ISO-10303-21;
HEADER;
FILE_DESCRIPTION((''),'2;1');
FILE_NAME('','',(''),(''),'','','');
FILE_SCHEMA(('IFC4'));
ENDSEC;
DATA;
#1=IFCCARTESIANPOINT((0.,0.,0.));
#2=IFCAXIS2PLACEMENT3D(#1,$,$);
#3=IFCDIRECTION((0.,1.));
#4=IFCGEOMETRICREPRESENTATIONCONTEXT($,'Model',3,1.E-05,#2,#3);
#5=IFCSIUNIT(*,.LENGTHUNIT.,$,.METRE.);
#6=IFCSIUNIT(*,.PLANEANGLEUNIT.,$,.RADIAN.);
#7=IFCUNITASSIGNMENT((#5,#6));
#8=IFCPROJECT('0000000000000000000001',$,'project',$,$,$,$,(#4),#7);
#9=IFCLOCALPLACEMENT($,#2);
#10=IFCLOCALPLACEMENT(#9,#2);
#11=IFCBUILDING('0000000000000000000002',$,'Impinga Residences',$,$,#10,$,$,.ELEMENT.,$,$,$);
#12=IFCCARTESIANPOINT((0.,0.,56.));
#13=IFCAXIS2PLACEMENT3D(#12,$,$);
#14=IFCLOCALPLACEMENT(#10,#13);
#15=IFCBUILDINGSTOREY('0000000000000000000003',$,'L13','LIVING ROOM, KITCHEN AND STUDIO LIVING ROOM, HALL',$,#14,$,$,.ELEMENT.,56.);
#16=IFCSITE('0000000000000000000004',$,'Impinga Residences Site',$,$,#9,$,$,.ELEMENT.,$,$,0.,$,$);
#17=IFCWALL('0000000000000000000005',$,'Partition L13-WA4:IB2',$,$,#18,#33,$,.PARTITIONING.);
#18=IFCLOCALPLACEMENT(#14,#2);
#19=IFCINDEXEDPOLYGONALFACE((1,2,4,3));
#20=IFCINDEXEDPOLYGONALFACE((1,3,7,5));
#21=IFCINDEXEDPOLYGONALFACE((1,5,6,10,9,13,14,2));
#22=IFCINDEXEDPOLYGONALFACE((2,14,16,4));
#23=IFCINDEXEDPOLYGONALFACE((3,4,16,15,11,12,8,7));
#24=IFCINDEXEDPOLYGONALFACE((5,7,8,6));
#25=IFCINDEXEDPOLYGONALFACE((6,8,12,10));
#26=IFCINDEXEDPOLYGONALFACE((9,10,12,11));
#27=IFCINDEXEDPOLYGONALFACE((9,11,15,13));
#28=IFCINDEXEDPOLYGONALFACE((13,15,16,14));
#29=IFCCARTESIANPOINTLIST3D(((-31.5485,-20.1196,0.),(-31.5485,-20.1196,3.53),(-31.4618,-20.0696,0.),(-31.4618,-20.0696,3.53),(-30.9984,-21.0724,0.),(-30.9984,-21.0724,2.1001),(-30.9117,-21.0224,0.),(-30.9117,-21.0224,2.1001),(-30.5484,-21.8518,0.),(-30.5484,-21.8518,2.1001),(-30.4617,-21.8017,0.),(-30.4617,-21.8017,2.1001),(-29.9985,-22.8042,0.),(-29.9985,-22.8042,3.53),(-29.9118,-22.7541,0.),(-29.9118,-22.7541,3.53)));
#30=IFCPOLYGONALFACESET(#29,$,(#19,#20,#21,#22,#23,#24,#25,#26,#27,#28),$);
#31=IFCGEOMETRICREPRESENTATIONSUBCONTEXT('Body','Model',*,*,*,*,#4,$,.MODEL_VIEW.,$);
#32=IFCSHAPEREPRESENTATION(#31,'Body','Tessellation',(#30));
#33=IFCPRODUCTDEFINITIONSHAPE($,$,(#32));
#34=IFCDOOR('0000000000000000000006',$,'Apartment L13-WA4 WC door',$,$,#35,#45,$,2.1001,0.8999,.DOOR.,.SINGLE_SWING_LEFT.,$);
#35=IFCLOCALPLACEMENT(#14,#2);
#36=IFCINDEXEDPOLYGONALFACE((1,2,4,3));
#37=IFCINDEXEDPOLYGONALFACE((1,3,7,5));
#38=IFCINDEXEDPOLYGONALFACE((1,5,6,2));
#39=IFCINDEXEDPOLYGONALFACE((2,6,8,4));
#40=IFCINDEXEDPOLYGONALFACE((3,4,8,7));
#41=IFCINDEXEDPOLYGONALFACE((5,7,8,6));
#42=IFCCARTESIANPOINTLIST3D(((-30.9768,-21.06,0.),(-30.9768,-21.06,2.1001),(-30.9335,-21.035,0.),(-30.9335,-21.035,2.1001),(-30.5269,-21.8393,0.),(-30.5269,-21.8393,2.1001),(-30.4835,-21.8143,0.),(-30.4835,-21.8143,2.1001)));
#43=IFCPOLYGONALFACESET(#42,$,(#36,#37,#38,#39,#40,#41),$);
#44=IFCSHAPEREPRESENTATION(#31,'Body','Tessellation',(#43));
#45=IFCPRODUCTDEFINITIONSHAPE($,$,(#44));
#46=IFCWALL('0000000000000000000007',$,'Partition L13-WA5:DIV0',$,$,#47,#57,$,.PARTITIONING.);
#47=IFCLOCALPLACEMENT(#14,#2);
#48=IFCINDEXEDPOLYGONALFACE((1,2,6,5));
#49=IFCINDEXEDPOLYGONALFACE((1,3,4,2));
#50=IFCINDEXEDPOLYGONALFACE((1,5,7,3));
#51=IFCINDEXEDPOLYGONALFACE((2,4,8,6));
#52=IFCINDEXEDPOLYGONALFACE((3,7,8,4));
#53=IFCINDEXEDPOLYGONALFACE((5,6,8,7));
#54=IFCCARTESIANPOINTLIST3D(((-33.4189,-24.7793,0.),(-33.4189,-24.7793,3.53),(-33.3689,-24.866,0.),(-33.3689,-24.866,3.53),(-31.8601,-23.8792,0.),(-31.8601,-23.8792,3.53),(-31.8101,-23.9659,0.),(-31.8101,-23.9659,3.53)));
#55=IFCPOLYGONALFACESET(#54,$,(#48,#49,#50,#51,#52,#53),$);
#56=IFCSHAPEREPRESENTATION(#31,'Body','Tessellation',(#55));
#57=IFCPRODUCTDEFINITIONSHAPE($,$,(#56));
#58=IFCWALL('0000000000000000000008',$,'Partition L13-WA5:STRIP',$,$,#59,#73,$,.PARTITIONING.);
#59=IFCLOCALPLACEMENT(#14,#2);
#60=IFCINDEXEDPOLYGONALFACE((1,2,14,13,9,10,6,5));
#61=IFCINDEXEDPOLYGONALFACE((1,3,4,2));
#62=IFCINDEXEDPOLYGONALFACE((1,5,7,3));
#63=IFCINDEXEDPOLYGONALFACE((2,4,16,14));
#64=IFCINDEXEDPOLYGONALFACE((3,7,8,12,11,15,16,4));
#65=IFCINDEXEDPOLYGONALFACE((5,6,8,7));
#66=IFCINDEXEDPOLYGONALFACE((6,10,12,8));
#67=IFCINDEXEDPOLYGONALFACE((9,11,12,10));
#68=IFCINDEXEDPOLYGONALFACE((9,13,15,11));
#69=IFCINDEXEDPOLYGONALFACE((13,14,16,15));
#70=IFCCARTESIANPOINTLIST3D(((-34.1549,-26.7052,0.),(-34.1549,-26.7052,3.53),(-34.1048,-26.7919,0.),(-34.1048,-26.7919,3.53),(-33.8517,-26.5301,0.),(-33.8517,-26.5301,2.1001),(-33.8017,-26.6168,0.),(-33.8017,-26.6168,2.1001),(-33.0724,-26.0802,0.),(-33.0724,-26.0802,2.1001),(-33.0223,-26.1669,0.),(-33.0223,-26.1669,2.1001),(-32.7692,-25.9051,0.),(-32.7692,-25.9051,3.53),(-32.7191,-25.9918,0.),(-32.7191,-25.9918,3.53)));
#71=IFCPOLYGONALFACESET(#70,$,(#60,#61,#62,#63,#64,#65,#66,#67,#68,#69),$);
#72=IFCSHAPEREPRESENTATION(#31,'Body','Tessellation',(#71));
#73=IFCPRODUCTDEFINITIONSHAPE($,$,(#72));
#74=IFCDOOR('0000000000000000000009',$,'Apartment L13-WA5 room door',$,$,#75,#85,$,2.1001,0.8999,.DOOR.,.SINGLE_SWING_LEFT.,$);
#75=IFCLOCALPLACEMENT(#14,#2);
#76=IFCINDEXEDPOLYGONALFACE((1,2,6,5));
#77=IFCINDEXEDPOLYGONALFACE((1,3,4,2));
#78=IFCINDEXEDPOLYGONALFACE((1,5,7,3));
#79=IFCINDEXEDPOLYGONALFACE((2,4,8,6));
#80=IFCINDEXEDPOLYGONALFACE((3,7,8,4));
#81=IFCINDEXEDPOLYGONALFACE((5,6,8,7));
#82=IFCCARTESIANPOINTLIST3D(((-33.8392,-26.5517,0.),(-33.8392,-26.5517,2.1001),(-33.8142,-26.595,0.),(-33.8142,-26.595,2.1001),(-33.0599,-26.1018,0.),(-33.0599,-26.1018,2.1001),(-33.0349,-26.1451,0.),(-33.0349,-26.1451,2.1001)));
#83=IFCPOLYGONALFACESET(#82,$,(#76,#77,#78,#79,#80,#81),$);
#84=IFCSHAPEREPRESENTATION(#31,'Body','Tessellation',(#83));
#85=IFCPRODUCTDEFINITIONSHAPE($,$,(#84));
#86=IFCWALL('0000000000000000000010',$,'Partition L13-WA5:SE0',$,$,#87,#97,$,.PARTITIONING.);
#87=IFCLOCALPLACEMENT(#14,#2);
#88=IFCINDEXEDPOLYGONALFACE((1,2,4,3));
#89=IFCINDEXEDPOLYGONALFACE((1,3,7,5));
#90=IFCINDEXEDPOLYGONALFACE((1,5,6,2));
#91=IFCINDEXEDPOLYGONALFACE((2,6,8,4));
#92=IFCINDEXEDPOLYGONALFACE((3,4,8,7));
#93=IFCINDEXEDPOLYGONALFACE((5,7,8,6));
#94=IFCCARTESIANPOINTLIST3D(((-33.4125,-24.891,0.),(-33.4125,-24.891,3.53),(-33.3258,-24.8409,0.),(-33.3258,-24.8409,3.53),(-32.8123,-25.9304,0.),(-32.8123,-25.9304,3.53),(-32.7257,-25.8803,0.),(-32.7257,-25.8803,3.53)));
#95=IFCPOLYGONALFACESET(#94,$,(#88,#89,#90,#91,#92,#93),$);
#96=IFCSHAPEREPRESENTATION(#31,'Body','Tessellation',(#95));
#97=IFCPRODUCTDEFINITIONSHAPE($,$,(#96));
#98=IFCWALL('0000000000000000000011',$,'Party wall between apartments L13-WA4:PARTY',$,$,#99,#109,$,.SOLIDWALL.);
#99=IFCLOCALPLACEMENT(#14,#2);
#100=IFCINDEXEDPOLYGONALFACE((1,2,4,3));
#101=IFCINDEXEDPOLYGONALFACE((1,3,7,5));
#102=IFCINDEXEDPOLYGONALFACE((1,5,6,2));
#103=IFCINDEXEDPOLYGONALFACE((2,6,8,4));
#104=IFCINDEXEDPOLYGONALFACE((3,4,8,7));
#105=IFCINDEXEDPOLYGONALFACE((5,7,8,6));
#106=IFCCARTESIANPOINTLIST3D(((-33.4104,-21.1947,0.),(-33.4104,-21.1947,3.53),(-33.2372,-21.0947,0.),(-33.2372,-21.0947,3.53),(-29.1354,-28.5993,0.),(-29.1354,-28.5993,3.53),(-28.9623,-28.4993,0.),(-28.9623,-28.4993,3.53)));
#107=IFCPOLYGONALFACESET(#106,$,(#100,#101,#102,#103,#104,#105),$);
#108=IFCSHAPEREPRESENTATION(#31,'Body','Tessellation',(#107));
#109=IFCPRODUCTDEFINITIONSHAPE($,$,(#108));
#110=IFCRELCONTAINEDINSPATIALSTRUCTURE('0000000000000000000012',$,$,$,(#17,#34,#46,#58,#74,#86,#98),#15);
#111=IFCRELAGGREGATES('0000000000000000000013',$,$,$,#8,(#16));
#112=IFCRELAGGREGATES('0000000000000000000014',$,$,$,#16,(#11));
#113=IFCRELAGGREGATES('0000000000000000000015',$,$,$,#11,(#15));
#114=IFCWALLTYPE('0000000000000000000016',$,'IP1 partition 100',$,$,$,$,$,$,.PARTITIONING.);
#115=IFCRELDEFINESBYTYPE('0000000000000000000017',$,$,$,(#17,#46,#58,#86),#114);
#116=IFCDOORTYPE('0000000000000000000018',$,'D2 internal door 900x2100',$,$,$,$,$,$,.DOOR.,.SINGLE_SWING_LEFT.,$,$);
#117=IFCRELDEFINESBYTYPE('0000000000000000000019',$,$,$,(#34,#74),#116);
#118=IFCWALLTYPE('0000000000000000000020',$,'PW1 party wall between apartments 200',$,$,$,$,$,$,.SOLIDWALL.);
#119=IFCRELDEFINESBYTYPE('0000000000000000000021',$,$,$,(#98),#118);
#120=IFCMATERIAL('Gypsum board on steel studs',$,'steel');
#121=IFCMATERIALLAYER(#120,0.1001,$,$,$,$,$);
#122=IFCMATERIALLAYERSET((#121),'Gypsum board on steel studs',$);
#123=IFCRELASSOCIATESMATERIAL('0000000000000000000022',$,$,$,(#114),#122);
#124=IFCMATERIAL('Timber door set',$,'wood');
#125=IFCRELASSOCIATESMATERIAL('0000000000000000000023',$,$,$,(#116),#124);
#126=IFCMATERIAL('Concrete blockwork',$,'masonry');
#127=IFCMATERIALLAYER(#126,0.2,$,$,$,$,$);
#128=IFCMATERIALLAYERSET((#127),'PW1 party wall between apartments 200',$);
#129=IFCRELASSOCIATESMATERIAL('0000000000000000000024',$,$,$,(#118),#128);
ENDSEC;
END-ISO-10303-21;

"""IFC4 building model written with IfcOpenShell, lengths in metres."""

from ifc_helpers import new_model, si_unit, direction, frame, frame_2d, origin, place, context, subcontext, project, spatial, rectangle, extrude, material, layer, layer_set, type_object, element, fill, save


model = new_model("IFC4")

# Units and contexts
model_context = context("Model", 3, precision=1e-05, world=origin(), true_north=direction((0.0, 1.0)))
body_context = subcontext(model_context, "Body", "Model", "MODEL_VIEW")
ifc_project = project(units=[si_unit("LENGTHUNIT", "METRE"), si_unit("PLANEANGLEUNIT", "RADIAN")], contexts=[model_context])

# Site, building, storey
site_placement = place(None, origin())
site = spatial("IfcSite", under=ifc_project, at=site_placement, Name="Impinga Residences Site", CompositionType="ELEMENT", RefElevation=0.0)
building_placement = place(site_placement, origin())
building = spatial("IfcBuilding", under=site, at=building_placement, Name="Impinga Residences", CompositionType="ELEMENT")
storey_placement = place(building_placement, frame((0.0, 0.0, 56.0)))
storey = spatial("IfcBuildingStorey", under=building, at=storey_placement, Name="L13", Description="LIVING ROOM, KITCHEN AND STUDIO LIVING ROOM, HALL", CompositionType="ELEMENT", Elevation=56.0)

# Shared definitions
ifc_material_1 = material(Name="Gypsum board on steel studs", Category="steel")
ifc_layer_1 = layer(ifc_material_1, 0.1001)
ifc_layer_set_1 = layer_set([ifc_layer_1], Name="Gypsum board on steel studs")
wall_type_1 = type_object("IfcWallType", Name="IP1 partition 100", PredefinedType="PARTITIONING", material=ifc_layer_set_1)

# Shared definitions
ifc_material_2 = material(Name="Timber door set", Category="wood")
door_type = type_object("IfcDoorType", Name="D2 internal door 900x2100", OperationType="SINGLE_SWING_LEFT", PredefinedType="DOOR", material=ifc_material_2)

# Wall, opening, door
wall_1_placement = place(storey_placement, frame((-31.5051, -20.0947, 0.0), z_axis=(0.0, 0.0, 1.0), x_axis=(0.500027, -0.86601, 0.0)))
wall_1 = element("IfcWall", 1, at=wall_1_placement, inside=storey, type_object=wall_type_1, Name="Partition L13-WA4:IB2", PredefinedType="PARTITIONING", context=body_context, shape_type="SweptSolid", body=[
    extrude(rectangle(XDim=3.0999, YDim=0.1001, at=frame_2d((1.5498, 0.0))), origin(), (0.0, 0.0, 1.0), 3.53),
])
opening_1_placement = place(wall_1_placement, frame((1.1001, 0.0, 0.0)))
opening_1 = element("IfcOpeningElement", 2, at=opening_1_placement, cuts=wall_1, PredefinedType="OPENING", context=body_context, shape_type="SweptSolid", body=[
    extrude(rectangle(XDim=0.8999, YDim=2.1001, at=frame_2d((0.45, 1.05))), frame((0.0, 0.0601, 0.0), z_axis=(0.0, -1.0, 0.0), x_axis=(1.0, 0.0, 0.0)), (0.0, 0.0, 1.0), 0.1201),
])
door_1_placement = place(opening_1_placement, origin())
door_1 = element("IfcDoor", 3, at=door_1_placement, inside=storey, type_object=door_type, Name="Apartment L13-WA4 WC door", OperationType="SINGLE_SWING_LEFT", OverallHeight=2.1001, OverallWidth=0.8999, PredefinedType="DOOR", context=body_context, shape_type="SweptSolid", body=[
    extrude(rectangle(XDim=0.8999, YDim=2.1001, at=frame_2d((0.45, 1.05))), frame((0.0, 0.0249, 0.0), z_axis=(0.0, -1.0, 0.0), x_axis=(1.0, 0.0, 0.0)), (0.0, 0.0, 1.0), 0.05),
])
fill(opening_1, door_1)

# Wall
wall_2_placement = place(storey_placement, frame((-31.8352, -23.9226, 0.0), z_axis=(0.0, 0.0, 1.0), x_axis=(-0.865989, -0.500063, 0.0)))
element("IfcWall", 4, at=wall_2_placement, inside=storey, type_object=wall_type_1, Name="Partition L13-WA5:DIV0", PredefinedType="PARTITIONING", context=body_context, shape_type="SweptSolid", body=[
    extrude(rectangle(XDim=1.8, YDim=0.1001, at=frame_2d((0.8999, 0.0))), origin(), (0.0, 0.0, 1.0), 3.53),
])

# Wall, opening, door
wall_3_placement = place(storey_placement, frame((-32.7441, -25.9485, 0.0), z_axis=(0.0, 0.0, 1.0), x_axis=(-0.866028, -0.499995, 0.0)))
wall_3 = element("IfcWall", 5, at=wall_3_placement, inside=storey, type_object=wall_type_1, Name="Partition L13-WA5:STRIP", PredefinedType="PARTITIONING", context=body_context, shape_type="SweptSolid", body=[
    extrude(rectangle(XDim=1.6001, YDim=0.1001, at=frame_2d((0.8, 0.0))), origin(), (0.0, 0.0, 1.0), 3.53),
])
opening_2_placement = place(wall_3_placement, frame((0.3501, 0.0, 0.0)))
opening_2 = element("IfcOpeningElement", 6, at=opening_2_placement, cuts=wall_3, PredefinedType="OPENING", context=body_context, shape_type="SweptSolid", body=[
    extrude(rectangle(XDim=0.8999, YDim=2.1001, at=frame_2d((0.45, 1.05))), frame((0.0, 0.0601, 0.0), z_axis=(0.0, -1.0, 0.0), x_axis=(1.0, 0.0, 0.0)), (0.0, 0.0, 1.0), 0.1201),
])
door_2_placement = place(opening_2_placement, origin())
door_2 = element("IfcDoor", 7, at=door_2_placement, inside=storey, type_object=door_type, Name="Apartment L13-WA5 room door", OperationType="SINGLE_SWING_LEFT", OverallHeight=2.1001, OverallWidth=0.8999, PredefinedType="DOOR", context=body_context, shape_type="SweptSolid", body=[
    extrude(rectangle(XDim=0.8999, YDim=2.1001, at=frame_2d((0.45, 1.05))), frame((0.0, 0.0249, 0.0), z_axis=(0.0, -1.0, 0.0), x_axis=(1.0, 0.0, 0.0)), (0.0, 0.0, 1.0), 0.05),
])
fill(opening_2, door_2)

# Walls
wall_4_placement = place(storey_placement, frame((-33.3691, -24.866, 0.0), z_axis=(0.0, 0.0, 1.0), x_axis=(0.500034, -0.866006, 0.0)))
element("IfcWall", 8, at=wall_4_placement, inside=storey, type_object=wall_type_1, Name="Partition L13-WA5:SE0", PredefinedType="PARTITIONING", context=body_context, shape_type="SweptSolid", body=[
    extrude(rectangle(XDim=1.2002, YDim=0.1001, at=frame_2d((0.6001, 0.0))), origin(), (0.0, 0.0, 1.0), 3.53),
])
ifc_material_3 = material(Name="Concrete blockwork", Category="masonry")
ifc_layer_2 = layer(ifc_material_3, 0.2)
ifc_layer_set_2 = layer_set([ifc_layer_2], Name="PW1 party wall between apartments 200")
wall_type_2 = type_object("IfcWallType", Name="PW1 party wall between apartments 200", PredefinedType="SOLIDWALL", material=ifc_layer_set_2)
wall_5_placement = place(storey_placement, frame((-33.3237, -21.1448, 0.0), z_axis=(0.0, 0.0, 1.0), x_axis=(0.49999, -0.866031, 0.0)))
element("IfcWall", 9, at=wall_5_placement, inside=storey, type_object=wall_type_2, Name="Party wall between apartments L13-WA4:PARTY", PredefinedType="SOLIDWALL", context=body_context, shape_type="SweptSolid", body=[
    extrude(rectangle(XDim=8.55, YDim=0.2, at=frame_2d((4.2749, 0.0))), origin(), (0.0, 0.0, 1.0), 3.53),
])

save(model, "model.ifc")
